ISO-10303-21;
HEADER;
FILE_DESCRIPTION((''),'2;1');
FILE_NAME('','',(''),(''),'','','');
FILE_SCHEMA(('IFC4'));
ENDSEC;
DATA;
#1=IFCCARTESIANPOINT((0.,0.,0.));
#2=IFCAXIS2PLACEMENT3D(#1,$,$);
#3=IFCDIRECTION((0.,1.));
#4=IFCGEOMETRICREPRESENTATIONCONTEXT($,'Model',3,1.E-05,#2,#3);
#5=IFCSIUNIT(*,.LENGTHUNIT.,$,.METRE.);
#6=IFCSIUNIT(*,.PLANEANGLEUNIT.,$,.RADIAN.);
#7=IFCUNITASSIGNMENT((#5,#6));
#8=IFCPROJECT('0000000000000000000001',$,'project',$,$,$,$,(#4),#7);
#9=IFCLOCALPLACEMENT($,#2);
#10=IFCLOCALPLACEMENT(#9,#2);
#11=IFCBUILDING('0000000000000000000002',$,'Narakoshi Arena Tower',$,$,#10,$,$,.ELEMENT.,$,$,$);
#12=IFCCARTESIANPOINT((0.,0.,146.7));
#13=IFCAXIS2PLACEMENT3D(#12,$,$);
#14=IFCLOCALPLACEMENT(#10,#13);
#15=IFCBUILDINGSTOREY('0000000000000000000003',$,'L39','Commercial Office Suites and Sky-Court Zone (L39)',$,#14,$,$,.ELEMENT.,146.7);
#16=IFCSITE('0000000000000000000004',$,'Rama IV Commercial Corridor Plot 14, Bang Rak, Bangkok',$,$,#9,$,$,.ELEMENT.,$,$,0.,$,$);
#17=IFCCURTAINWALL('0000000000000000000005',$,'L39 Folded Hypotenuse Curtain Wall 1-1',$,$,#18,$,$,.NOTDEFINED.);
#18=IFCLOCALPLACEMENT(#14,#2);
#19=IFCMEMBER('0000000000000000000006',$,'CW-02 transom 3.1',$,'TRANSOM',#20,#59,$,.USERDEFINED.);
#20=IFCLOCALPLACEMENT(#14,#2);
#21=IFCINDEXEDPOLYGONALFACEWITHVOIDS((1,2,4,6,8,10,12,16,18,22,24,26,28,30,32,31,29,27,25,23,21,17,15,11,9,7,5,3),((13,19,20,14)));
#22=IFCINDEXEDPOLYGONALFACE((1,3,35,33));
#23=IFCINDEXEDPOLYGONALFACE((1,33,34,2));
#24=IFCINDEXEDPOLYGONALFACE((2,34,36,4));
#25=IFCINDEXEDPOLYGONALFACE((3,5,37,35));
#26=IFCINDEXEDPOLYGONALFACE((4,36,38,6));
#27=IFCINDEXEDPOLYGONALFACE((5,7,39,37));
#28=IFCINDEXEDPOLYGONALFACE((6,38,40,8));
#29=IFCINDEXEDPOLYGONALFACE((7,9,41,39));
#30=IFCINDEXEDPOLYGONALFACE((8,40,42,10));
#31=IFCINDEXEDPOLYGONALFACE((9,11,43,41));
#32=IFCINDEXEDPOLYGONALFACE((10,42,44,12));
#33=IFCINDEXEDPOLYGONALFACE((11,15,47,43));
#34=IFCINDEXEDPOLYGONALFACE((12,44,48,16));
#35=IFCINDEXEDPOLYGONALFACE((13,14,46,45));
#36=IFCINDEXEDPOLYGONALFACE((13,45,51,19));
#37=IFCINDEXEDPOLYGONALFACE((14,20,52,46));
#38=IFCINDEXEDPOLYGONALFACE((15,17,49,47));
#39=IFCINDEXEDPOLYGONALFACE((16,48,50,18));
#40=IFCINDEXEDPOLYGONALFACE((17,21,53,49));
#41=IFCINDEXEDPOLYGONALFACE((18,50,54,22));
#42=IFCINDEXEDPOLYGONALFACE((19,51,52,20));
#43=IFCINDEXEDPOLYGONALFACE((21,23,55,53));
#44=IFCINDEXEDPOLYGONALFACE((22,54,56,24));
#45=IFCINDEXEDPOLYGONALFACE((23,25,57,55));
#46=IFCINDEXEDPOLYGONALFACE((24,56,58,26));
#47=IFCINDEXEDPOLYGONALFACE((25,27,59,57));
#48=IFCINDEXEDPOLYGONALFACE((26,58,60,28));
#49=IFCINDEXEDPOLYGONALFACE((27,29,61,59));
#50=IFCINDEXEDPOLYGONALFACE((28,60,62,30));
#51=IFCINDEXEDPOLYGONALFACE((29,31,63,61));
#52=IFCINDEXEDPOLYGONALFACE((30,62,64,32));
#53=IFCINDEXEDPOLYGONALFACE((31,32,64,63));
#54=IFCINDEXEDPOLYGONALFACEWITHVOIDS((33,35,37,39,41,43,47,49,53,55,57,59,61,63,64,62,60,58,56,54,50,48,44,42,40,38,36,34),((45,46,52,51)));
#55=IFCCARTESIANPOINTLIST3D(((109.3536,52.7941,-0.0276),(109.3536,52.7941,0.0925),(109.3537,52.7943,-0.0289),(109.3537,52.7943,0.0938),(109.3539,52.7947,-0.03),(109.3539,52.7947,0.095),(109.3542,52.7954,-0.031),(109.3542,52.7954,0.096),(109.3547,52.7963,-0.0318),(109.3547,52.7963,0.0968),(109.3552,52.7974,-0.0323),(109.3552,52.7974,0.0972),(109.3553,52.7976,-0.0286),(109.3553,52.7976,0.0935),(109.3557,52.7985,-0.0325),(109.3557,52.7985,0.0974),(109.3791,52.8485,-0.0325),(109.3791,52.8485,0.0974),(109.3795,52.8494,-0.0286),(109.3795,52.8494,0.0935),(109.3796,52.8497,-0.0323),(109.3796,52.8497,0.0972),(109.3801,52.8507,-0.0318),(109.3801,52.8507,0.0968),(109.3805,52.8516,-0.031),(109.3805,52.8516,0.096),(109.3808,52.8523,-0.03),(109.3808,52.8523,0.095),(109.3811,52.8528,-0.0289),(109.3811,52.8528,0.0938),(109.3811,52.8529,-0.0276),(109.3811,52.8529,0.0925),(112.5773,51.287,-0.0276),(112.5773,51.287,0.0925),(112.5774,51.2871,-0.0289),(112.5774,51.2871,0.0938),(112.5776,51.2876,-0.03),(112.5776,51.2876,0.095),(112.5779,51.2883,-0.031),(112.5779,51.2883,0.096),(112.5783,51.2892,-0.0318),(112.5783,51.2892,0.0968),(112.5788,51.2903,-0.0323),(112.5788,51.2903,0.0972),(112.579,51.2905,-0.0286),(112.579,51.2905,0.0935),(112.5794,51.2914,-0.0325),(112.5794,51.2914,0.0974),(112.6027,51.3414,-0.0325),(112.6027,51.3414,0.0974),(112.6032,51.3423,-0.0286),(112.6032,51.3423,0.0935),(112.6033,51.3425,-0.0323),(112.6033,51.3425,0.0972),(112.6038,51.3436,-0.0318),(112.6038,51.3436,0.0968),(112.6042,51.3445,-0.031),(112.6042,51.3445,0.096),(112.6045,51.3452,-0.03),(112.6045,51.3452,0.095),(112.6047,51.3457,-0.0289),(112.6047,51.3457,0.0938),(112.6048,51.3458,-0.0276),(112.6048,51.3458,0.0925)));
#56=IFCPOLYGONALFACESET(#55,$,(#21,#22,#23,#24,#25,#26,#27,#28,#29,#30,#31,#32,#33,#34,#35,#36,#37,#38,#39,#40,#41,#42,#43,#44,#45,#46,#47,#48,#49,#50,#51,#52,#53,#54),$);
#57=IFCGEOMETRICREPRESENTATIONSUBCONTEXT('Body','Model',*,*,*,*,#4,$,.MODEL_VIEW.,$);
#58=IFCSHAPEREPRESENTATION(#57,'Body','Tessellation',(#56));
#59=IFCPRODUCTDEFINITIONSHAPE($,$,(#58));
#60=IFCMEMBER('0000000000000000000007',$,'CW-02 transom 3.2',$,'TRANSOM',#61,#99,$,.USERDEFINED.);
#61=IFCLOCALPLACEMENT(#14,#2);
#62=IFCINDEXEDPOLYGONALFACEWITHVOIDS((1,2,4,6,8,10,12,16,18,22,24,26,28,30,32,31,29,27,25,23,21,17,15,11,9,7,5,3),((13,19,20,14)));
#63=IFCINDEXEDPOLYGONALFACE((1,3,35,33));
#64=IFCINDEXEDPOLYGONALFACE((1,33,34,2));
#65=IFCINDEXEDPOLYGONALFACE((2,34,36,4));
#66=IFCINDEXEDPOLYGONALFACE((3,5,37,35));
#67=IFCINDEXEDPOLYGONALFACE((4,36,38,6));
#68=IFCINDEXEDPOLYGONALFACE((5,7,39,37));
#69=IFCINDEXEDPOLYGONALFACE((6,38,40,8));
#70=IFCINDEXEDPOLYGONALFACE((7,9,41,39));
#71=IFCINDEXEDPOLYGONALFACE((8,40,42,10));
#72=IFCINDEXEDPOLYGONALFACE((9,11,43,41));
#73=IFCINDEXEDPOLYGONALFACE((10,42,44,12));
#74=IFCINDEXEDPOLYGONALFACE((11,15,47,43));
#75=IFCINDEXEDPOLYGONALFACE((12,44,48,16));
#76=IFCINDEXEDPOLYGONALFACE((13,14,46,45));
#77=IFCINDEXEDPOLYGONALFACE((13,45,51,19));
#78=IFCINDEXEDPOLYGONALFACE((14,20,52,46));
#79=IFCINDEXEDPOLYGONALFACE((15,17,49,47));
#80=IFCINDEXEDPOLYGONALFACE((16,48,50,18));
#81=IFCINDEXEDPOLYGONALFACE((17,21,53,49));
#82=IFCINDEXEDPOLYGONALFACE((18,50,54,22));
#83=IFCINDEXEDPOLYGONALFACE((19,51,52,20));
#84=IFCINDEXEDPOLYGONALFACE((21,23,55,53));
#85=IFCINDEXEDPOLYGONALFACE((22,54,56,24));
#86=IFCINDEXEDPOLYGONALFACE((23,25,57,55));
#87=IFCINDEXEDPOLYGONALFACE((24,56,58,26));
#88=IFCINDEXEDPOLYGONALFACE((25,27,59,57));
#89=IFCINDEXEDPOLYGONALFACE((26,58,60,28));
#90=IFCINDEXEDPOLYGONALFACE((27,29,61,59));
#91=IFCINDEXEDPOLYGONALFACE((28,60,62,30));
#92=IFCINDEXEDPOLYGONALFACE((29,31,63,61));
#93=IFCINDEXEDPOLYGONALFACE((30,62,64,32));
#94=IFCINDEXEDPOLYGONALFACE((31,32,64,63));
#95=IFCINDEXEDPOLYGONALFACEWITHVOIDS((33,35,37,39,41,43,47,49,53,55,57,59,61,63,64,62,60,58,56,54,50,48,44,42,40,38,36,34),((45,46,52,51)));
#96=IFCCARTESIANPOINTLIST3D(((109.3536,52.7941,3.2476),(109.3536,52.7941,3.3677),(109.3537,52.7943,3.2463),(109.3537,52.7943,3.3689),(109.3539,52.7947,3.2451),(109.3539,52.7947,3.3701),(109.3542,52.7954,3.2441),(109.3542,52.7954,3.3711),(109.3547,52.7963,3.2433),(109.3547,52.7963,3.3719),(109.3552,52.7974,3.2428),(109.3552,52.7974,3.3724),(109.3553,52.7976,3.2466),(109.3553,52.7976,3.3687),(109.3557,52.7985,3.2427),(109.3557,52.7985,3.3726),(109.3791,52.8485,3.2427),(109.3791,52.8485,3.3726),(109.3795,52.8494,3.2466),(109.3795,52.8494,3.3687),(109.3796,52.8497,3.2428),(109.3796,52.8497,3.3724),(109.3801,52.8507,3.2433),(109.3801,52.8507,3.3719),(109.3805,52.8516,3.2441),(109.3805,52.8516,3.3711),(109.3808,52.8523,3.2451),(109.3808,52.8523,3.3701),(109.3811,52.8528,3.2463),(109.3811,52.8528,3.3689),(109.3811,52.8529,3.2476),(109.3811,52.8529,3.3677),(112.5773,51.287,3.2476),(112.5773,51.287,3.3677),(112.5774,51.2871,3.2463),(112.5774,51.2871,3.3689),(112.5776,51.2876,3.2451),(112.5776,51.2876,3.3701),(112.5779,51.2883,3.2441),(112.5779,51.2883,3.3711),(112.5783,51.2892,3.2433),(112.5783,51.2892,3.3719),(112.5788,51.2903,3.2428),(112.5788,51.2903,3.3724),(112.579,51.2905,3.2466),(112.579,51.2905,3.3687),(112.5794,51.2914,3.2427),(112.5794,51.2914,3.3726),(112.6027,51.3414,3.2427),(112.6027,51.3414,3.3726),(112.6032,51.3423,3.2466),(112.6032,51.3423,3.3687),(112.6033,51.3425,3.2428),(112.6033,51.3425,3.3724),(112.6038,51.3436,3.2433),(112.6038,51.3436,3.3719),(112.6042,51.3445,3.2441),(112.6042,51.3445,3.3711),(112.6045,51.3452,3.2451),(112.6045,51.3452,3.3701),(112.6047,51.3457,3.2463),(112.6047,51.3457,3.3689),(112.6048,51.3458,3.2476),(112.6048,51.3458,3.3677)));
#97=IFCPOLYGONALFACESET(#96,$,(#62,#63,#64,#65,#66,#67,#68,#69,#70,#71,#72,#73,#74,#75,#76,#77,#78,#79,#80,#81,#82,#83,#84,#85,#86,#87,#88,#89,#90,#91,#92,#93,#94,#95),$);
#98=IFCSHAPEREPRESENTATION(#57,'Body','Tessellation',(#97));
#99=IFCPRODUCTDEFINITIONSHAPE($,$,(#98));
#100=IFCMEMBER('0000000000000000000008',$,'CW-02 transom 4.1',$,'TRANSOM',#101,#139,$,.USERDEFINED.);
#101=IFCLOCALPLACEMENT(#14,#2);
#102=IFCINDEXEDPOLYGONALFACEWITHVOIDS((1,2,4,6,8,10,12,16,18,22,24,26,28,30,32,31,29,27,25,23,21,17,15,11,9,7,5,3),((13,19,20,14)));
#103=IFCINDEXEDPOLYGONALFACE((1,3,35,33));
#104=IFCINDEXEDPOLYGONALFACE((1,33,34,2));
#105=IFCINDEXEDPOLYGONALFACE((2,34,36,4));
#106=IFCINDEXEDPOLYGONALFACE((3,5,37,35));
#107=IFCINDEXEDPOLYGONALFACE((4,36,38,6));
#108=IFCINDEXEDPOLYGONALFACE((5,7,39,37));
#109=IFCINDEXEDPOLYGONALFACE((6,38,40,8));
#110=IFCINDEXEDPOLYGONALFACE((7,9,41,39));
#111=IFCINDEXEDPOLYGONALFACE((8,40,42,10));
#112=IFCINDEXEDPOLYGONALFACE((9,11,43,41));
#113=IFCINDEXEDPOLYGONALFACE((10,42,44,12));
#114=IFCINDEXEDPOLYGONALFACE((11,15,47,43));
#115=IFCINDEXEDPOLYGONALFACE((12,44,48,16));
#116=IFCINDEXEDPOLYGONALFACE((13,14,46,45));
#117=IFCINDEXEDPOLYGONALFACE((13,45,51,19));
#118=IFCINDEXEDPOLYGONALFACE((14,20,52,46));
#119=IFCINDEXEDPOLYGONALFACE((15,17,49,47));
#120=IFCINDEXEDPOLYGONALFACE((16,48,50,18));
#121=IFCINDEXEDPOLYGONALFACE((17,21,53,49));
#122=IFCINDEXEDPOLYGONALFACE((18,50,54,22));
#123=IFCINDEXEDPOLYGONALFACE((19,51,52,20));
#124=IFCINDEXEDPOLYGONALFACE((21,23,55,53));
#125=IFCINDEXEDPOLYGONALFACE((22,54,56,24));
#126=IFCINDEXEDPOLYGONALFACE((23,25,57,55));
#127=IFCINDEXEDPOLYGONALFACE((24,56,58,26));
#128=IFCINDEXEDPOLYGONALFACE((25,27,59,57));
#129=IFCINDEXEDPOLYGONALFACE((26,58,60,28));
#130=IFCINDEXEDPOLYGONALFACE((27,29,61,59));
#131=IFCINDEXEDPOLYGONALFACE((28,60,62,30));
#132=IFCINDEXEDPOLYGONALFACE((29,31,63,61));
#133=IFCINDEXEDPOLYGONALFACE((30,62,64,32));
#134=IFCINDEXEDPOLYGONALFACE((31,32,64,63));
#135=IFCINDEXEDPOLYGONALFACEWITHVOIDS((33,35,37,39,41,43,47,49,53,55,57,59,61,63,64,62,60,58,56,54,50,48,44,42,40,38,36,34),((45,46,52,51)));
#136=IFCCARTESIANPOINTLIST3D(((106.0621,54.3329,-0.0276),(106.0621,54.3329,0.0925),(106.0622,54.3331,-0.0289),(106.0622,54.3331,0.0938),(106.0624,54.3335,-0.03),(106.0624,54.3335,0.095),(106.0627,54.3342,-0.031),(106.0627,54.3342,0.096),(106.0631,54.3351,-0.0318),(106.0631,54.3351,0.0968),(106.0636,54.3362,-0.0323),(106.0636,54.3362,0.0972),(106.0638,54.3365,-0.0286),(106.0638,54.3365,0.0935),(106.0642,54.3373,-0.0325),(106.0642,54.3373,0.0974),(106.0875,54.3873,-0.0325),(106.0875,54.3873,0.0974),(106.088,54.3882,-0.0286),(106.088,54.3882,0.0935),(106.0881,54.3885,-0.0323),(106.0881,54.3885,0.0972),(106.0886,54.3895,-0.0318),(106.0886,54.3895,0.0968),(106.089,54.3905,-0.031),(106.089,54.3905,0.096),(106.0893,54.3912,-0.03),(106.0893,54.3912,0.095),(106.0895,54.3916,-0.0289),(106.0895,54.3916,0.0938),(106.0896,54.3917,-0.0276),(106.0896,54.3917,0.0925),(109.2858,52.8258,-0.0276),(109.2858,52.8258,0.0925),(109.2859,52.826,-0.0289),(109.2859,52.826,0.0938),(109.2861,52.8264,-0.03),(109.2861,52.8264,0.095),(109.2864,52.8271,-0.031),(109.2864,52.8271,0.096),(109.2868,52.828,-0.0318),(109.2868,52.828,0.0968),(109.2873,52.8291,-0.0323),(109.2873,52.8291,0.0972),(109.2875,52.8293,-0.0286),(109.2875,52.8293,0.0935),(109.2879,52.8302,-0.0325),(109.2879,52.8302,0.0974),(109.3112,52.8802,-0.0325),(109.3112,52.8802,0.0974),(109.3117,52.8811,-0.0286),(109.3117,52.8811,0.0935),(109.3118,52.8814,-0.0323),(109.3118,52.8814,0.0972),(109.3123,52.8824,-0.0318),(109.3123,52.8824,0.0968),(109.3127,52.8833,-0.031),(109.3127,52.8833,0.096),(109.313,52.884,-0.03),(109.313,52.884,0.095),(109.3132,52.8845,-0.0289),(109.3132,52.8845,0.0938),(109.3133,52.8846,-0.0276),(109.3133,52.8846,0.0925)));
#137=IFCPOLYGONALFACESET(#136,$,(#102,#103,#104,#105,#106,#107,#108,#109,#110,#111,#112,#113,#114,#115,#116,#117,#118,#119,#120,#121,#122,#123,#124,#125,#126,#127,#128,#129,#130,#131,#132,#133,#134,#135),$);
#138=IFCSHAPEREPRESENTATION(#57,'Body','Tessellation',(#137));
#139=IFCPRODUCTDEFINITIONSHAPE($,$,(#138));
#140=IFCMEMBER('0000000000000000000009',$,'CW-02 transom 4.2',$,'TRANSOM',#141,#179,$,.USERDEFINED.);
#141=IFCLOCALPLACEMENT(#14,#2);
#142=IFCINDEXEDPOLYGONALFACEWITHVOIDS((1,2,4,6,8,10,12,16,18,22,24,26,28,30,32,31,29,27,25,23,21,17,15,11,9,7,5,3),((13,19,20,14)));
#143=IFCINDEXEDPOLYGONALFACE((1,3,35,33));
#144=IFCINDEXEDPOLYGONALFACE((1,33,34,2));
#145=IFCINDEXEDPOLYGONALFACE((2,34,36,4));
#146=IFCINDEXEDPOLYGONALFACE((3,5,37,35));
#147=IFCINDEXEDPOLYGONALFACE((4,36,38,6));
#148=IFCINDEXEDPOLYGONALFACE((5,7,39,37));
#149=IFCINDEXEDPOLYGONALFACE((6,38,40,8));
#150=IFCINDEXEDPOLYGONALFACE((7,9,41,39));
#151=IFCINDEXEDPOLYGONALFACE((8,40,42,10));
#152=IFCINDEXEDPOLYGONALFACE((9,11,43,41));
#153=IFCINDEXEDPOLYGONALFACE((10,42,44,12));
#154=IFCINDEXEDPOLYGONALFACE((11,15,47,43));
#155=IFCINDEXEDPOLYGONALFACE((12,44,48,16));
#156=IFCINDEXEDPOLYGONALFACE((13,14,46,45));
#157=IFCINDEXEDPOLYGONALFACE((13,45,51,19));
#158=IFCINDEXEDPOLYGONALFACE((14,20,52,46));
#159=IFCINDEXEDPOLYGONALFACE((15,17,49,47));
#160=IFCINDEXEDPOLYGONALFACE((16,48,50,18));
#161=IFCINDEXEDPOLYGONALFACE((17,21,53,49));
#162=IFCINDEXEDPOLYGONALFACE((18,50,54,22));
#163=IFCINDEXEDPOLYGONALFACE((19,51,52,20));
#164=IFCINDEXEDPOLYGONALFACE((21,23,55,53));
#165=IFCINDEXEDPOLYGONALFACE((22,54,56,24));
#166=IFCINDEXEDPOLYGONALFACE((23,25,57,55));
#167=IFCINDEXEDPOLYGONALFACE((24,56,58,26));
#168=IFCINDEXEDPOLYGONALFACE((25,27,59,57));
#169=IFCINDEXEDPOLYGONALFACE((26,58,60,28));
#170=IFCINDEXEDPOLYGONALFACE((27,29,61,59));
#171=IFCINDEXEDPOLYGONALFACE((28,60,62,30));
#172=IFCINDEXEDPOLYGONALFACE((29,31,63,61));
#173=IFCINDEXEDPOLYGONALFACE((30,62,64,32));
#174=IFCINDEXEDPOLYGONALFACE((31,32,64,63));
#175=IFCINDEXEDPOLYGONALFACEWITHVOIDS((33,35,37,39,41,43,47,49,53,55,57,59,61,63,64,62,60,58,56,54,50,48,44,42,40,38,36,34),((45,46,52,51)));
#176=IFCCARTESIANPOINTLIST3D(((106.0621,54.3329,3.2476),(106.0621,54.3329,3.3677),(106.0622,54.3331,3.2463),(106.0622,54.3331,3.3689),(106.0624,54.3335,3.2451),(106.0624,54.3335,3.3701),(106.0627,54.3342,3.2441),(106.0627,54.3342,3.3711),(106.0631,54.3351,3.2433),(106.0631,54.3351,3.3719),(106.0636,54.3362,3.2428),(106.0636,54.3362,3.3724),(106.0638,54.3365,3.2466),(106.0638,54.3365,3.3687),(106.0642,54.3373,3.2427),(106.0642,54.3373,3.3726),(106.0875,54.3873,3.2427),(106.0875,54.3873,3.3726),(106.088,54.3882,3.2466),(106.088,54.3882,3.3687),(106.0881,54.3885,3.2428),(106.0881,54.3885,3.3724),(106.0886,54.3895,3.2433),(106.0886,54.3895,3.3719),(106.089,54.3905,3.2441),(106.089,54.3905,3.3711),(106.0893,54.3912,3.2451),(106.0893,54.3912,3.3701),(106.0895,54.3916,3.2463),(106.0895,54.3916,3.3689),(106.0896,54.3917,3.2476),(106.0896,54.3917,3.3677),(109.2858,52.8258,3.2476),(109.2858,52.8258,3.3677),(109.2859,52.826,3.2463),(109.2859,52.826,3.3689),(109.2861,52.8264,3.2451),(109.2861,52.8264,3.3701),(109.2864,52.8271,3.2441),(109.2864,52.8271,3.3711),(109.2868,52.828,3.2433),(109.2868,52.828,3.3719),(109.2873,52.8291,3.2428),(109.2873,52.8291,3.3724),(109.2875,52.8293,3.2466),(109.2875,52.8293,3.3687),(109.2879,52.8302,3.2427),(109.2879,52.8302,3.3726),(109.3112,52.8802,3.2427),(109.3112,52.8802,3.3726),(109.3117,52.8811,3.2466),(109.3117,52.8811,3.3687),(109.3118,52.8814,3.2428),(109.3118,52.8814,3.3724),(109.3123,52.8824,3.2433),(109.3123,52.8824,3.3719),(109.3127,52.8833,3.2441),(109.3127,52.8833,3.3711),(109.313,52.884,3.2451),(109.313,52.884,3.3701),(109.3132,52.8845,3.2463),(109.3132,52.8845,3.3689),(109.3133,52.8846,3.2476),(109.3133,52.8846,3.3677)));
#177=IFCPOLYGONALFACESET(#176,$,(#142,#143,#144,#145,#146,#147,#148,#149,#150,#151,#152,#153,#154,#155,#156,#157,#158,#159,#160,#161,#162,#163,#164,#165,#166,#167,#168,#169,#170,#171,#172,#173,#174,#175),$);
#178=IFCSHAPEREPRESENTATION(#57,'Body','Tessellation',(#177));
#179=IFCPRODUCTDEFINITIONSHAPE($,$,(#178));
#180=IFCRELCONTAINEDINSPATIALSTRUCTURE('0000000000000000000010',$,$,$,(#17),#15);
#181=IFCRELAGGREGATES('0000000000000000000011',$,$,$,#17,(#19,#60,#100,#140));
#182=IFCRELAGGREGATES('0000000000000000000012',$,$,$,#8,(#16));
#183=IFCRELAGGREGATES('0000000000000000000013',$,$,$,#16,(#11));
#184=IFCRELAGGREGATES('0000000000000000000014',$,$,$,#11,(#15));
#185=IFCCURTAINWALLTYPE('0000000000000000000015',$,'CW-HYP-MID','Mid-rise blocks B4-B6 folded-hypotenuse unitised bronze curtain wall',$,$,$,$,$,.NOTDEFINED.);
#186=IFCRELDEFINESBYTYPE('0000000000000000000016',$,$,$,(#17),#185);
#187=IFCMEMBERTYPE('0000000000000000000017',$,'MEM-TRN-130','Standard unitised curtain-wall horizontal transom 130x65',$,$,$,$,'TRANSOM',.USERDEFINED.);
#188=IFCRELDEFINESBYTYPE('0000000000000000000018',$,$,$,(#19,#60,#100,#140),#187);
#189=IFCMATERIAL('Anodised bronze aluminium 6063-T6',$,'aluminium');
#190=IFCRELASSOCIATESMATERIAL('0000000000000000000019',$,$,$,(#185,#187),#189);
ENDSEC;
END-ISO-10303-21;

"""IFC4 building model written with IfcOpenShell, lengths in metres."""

from ifc_helpers import new_model, si_unit, direction, frame, origin, origin_2d, place, context, subcontext, project, spatial, hollow_rectangle, extrude, material, material_profile, profile_set, type_object, element, aggregate, save


model = new_model("IFC4")

# Units and contexts
model_context = context("Model", 3, precision=1e-05, world=origin(), true_north=direction((0.0, 1.0)))
body_context = subcontext(model_context, "Body", "Model", "MODEL_VIEW")
ifc_project = project(units=[si_unit("LENGTHUNIT", "METRE"), si_unit("PLANEANGLEUNIT", "RADIAN")], contexts=[model_context])

# Site, building, storey
site_placement = place(None, origin())
site = spatial("IfcSite", under=ifc_project, at=site_placement, Name="Rama IV Commercial Corridor Plot 14, Bang Rak, Bangkok", CompositionType="ELEMENT", RefElevation=0.0)
building_placement = place(site_placement, origin())
building = spatial("IfcBuilding", under=site, at=building_placement, Name="Narakoshi Arena Tower", CompositionType="ELEMENT")
storey_placement = place(building_placement, frame((0.0, 0.0, 146.7)))
storey = spatial("IfcBuildingStorey", under=building, at=storey_placement, Name="L39", Description="Commercial Office Suites and Sky-Court Zone (L39)", CompositionType="ELEMENT", Elevation=146.7)

# Curtain wall, members
ifc_material_1 = material(Name="Anodised bronze aluminium 6063-T6", Category="aluminium")
curtain_wall_type = type_object("IfcCurtainWallType", Name="CW-HYP-MID", Description="Mid-rise blocks B4-B6 folded-hypotenuse unitised bronze curtain wall", PredefinedType="NOTDEFINED", material=ifc_material_1)
curtain_wall_placement = place(storey_placement, origin())
curtain_wall = element("IfcCurtainWall", 1, at=curtain_wall_placement, inside=storey, type_object=curtain_wall_type, Name="L39 Folded Hypotenuse Curtain Wall 1-1", PredefinedType="NOTDEFINED")
ifc_material_profile_1 = material_profile(ifc_material_1, hollow_rectangle(XDim=0.0649, YDim=0.1299, WallThickness=0.0039, OuterFilletRadius=0.0049, at=origin_2d()), Name="TRN130x65x4")
ifc_profile_set_1 = profile_set([ifc_material_profile_1], Name="Anodised bronze aluminium 6063-T6")
member_type_1 = type_object("IfcMemberType", Name="MEM-TRN-130", Description="Standard unitised curtain-wall horizontal transom 130x65", ElementType="TRANSOM", PredefinedType="USERDEFINED", material=ifc_profile_set_1)
member_1_placement = place(storey_placement, frame((112.5911, 51.3164, 0.0325), z_axis=(-0.90589, 0.423513, 0.0), x_axis=(-0.423513, -0.90589, 0.0)))
member_1 = element("IfcMember", 2, at=member_1_placement, type_object=member_type_1, Name="CW-02 transom 3.1", ObjectType="TRANSOM", PredefinedType="USERDEFINED", context=body_context, shape_type="SweptSolid", body=[
    extrude(hollow_rectangle(XDim=0.0649, YDim=0.1299, WallThickness=0.0039, OuterFilletRadius=0.0049, at=origin_2d()), origin(), (0.0, 0.0, 1.0), 3.5586),
])
member_2_placement = place(storey_placement, frame((112.5911, 51.3164, 3.3076), z_axis=(-0.90589, 0.423513, 0.0), x_axis=(-0.423513, -0.90589, 0.0)))
member_2 = element("IfcMember", 3, at=member_2_placement, type_object=member_type_1, Name="CW-02 transom 3.2", ObjectType="TRANSOM", PredefinedType="USERDEFINED", context=body_context, shape_type="SweptSolid", body=[
    extrude(hollow_rectangle(XDim=0.0649, YDim=0.1299, WallThickness=0.0039, OuterFilletRadius=0.0049, at=origin_2d()), origin(), (0.0, 0.0, 1.0), 3.5586),
])
member_3_placement = place(storey_placement, frame((109.2996, 52.8552, 0.0325), z_axis=(-0.90589, 0.423513, 0.0), x_axis=(-0.423513, -0.90589, 0.0)))
member_3 = element("IfcMember", 4, at=member_3_placement, type_object=member_type_1, Name="CW-02 transom 4.1", ObjectType="TRANSOM", PredefinedType="USERDEFINED", context=body_context, shape_type="SweptSolid", body=[
    extrude(hollow_rectangle(XDim=0.0649, YDim=0.1299, WallThickness=0.0039, OuterFilletRadius=0.0049, at=origin_2d()), origin(), (0.0, 0.0, 1.0), 3.5586),
])
member_4_placement = place(storey_placement, frame((109.2996, 52.8552, 3.3076), z_axis=(-0.90589, 0.423513, 0.0), x_axis=(-0.423513, -0.90589, 0.0)))
member_4 = element("IfcMember", 5, at=member_4_placement, type_object=member_type_1, Name="CW-02 transom 4.2", ObjectType="TRANSOM", PredefinedType="USERDEFINED", context=body_context, shape_type="SweptSolid", body=[
    extrude(hollow_rectangle(XDim=0.0649, YDim=0.1299, WallThickness=0.0039, OuterFilletRadius=0.0049, at=origin_2d()), origin(), (0.0, 0.0, 1.0), 3.5586),
])
aggregate(curtain_wall, [member_1, member_2, member_3, member_4])

save(model, "model.ifc")
